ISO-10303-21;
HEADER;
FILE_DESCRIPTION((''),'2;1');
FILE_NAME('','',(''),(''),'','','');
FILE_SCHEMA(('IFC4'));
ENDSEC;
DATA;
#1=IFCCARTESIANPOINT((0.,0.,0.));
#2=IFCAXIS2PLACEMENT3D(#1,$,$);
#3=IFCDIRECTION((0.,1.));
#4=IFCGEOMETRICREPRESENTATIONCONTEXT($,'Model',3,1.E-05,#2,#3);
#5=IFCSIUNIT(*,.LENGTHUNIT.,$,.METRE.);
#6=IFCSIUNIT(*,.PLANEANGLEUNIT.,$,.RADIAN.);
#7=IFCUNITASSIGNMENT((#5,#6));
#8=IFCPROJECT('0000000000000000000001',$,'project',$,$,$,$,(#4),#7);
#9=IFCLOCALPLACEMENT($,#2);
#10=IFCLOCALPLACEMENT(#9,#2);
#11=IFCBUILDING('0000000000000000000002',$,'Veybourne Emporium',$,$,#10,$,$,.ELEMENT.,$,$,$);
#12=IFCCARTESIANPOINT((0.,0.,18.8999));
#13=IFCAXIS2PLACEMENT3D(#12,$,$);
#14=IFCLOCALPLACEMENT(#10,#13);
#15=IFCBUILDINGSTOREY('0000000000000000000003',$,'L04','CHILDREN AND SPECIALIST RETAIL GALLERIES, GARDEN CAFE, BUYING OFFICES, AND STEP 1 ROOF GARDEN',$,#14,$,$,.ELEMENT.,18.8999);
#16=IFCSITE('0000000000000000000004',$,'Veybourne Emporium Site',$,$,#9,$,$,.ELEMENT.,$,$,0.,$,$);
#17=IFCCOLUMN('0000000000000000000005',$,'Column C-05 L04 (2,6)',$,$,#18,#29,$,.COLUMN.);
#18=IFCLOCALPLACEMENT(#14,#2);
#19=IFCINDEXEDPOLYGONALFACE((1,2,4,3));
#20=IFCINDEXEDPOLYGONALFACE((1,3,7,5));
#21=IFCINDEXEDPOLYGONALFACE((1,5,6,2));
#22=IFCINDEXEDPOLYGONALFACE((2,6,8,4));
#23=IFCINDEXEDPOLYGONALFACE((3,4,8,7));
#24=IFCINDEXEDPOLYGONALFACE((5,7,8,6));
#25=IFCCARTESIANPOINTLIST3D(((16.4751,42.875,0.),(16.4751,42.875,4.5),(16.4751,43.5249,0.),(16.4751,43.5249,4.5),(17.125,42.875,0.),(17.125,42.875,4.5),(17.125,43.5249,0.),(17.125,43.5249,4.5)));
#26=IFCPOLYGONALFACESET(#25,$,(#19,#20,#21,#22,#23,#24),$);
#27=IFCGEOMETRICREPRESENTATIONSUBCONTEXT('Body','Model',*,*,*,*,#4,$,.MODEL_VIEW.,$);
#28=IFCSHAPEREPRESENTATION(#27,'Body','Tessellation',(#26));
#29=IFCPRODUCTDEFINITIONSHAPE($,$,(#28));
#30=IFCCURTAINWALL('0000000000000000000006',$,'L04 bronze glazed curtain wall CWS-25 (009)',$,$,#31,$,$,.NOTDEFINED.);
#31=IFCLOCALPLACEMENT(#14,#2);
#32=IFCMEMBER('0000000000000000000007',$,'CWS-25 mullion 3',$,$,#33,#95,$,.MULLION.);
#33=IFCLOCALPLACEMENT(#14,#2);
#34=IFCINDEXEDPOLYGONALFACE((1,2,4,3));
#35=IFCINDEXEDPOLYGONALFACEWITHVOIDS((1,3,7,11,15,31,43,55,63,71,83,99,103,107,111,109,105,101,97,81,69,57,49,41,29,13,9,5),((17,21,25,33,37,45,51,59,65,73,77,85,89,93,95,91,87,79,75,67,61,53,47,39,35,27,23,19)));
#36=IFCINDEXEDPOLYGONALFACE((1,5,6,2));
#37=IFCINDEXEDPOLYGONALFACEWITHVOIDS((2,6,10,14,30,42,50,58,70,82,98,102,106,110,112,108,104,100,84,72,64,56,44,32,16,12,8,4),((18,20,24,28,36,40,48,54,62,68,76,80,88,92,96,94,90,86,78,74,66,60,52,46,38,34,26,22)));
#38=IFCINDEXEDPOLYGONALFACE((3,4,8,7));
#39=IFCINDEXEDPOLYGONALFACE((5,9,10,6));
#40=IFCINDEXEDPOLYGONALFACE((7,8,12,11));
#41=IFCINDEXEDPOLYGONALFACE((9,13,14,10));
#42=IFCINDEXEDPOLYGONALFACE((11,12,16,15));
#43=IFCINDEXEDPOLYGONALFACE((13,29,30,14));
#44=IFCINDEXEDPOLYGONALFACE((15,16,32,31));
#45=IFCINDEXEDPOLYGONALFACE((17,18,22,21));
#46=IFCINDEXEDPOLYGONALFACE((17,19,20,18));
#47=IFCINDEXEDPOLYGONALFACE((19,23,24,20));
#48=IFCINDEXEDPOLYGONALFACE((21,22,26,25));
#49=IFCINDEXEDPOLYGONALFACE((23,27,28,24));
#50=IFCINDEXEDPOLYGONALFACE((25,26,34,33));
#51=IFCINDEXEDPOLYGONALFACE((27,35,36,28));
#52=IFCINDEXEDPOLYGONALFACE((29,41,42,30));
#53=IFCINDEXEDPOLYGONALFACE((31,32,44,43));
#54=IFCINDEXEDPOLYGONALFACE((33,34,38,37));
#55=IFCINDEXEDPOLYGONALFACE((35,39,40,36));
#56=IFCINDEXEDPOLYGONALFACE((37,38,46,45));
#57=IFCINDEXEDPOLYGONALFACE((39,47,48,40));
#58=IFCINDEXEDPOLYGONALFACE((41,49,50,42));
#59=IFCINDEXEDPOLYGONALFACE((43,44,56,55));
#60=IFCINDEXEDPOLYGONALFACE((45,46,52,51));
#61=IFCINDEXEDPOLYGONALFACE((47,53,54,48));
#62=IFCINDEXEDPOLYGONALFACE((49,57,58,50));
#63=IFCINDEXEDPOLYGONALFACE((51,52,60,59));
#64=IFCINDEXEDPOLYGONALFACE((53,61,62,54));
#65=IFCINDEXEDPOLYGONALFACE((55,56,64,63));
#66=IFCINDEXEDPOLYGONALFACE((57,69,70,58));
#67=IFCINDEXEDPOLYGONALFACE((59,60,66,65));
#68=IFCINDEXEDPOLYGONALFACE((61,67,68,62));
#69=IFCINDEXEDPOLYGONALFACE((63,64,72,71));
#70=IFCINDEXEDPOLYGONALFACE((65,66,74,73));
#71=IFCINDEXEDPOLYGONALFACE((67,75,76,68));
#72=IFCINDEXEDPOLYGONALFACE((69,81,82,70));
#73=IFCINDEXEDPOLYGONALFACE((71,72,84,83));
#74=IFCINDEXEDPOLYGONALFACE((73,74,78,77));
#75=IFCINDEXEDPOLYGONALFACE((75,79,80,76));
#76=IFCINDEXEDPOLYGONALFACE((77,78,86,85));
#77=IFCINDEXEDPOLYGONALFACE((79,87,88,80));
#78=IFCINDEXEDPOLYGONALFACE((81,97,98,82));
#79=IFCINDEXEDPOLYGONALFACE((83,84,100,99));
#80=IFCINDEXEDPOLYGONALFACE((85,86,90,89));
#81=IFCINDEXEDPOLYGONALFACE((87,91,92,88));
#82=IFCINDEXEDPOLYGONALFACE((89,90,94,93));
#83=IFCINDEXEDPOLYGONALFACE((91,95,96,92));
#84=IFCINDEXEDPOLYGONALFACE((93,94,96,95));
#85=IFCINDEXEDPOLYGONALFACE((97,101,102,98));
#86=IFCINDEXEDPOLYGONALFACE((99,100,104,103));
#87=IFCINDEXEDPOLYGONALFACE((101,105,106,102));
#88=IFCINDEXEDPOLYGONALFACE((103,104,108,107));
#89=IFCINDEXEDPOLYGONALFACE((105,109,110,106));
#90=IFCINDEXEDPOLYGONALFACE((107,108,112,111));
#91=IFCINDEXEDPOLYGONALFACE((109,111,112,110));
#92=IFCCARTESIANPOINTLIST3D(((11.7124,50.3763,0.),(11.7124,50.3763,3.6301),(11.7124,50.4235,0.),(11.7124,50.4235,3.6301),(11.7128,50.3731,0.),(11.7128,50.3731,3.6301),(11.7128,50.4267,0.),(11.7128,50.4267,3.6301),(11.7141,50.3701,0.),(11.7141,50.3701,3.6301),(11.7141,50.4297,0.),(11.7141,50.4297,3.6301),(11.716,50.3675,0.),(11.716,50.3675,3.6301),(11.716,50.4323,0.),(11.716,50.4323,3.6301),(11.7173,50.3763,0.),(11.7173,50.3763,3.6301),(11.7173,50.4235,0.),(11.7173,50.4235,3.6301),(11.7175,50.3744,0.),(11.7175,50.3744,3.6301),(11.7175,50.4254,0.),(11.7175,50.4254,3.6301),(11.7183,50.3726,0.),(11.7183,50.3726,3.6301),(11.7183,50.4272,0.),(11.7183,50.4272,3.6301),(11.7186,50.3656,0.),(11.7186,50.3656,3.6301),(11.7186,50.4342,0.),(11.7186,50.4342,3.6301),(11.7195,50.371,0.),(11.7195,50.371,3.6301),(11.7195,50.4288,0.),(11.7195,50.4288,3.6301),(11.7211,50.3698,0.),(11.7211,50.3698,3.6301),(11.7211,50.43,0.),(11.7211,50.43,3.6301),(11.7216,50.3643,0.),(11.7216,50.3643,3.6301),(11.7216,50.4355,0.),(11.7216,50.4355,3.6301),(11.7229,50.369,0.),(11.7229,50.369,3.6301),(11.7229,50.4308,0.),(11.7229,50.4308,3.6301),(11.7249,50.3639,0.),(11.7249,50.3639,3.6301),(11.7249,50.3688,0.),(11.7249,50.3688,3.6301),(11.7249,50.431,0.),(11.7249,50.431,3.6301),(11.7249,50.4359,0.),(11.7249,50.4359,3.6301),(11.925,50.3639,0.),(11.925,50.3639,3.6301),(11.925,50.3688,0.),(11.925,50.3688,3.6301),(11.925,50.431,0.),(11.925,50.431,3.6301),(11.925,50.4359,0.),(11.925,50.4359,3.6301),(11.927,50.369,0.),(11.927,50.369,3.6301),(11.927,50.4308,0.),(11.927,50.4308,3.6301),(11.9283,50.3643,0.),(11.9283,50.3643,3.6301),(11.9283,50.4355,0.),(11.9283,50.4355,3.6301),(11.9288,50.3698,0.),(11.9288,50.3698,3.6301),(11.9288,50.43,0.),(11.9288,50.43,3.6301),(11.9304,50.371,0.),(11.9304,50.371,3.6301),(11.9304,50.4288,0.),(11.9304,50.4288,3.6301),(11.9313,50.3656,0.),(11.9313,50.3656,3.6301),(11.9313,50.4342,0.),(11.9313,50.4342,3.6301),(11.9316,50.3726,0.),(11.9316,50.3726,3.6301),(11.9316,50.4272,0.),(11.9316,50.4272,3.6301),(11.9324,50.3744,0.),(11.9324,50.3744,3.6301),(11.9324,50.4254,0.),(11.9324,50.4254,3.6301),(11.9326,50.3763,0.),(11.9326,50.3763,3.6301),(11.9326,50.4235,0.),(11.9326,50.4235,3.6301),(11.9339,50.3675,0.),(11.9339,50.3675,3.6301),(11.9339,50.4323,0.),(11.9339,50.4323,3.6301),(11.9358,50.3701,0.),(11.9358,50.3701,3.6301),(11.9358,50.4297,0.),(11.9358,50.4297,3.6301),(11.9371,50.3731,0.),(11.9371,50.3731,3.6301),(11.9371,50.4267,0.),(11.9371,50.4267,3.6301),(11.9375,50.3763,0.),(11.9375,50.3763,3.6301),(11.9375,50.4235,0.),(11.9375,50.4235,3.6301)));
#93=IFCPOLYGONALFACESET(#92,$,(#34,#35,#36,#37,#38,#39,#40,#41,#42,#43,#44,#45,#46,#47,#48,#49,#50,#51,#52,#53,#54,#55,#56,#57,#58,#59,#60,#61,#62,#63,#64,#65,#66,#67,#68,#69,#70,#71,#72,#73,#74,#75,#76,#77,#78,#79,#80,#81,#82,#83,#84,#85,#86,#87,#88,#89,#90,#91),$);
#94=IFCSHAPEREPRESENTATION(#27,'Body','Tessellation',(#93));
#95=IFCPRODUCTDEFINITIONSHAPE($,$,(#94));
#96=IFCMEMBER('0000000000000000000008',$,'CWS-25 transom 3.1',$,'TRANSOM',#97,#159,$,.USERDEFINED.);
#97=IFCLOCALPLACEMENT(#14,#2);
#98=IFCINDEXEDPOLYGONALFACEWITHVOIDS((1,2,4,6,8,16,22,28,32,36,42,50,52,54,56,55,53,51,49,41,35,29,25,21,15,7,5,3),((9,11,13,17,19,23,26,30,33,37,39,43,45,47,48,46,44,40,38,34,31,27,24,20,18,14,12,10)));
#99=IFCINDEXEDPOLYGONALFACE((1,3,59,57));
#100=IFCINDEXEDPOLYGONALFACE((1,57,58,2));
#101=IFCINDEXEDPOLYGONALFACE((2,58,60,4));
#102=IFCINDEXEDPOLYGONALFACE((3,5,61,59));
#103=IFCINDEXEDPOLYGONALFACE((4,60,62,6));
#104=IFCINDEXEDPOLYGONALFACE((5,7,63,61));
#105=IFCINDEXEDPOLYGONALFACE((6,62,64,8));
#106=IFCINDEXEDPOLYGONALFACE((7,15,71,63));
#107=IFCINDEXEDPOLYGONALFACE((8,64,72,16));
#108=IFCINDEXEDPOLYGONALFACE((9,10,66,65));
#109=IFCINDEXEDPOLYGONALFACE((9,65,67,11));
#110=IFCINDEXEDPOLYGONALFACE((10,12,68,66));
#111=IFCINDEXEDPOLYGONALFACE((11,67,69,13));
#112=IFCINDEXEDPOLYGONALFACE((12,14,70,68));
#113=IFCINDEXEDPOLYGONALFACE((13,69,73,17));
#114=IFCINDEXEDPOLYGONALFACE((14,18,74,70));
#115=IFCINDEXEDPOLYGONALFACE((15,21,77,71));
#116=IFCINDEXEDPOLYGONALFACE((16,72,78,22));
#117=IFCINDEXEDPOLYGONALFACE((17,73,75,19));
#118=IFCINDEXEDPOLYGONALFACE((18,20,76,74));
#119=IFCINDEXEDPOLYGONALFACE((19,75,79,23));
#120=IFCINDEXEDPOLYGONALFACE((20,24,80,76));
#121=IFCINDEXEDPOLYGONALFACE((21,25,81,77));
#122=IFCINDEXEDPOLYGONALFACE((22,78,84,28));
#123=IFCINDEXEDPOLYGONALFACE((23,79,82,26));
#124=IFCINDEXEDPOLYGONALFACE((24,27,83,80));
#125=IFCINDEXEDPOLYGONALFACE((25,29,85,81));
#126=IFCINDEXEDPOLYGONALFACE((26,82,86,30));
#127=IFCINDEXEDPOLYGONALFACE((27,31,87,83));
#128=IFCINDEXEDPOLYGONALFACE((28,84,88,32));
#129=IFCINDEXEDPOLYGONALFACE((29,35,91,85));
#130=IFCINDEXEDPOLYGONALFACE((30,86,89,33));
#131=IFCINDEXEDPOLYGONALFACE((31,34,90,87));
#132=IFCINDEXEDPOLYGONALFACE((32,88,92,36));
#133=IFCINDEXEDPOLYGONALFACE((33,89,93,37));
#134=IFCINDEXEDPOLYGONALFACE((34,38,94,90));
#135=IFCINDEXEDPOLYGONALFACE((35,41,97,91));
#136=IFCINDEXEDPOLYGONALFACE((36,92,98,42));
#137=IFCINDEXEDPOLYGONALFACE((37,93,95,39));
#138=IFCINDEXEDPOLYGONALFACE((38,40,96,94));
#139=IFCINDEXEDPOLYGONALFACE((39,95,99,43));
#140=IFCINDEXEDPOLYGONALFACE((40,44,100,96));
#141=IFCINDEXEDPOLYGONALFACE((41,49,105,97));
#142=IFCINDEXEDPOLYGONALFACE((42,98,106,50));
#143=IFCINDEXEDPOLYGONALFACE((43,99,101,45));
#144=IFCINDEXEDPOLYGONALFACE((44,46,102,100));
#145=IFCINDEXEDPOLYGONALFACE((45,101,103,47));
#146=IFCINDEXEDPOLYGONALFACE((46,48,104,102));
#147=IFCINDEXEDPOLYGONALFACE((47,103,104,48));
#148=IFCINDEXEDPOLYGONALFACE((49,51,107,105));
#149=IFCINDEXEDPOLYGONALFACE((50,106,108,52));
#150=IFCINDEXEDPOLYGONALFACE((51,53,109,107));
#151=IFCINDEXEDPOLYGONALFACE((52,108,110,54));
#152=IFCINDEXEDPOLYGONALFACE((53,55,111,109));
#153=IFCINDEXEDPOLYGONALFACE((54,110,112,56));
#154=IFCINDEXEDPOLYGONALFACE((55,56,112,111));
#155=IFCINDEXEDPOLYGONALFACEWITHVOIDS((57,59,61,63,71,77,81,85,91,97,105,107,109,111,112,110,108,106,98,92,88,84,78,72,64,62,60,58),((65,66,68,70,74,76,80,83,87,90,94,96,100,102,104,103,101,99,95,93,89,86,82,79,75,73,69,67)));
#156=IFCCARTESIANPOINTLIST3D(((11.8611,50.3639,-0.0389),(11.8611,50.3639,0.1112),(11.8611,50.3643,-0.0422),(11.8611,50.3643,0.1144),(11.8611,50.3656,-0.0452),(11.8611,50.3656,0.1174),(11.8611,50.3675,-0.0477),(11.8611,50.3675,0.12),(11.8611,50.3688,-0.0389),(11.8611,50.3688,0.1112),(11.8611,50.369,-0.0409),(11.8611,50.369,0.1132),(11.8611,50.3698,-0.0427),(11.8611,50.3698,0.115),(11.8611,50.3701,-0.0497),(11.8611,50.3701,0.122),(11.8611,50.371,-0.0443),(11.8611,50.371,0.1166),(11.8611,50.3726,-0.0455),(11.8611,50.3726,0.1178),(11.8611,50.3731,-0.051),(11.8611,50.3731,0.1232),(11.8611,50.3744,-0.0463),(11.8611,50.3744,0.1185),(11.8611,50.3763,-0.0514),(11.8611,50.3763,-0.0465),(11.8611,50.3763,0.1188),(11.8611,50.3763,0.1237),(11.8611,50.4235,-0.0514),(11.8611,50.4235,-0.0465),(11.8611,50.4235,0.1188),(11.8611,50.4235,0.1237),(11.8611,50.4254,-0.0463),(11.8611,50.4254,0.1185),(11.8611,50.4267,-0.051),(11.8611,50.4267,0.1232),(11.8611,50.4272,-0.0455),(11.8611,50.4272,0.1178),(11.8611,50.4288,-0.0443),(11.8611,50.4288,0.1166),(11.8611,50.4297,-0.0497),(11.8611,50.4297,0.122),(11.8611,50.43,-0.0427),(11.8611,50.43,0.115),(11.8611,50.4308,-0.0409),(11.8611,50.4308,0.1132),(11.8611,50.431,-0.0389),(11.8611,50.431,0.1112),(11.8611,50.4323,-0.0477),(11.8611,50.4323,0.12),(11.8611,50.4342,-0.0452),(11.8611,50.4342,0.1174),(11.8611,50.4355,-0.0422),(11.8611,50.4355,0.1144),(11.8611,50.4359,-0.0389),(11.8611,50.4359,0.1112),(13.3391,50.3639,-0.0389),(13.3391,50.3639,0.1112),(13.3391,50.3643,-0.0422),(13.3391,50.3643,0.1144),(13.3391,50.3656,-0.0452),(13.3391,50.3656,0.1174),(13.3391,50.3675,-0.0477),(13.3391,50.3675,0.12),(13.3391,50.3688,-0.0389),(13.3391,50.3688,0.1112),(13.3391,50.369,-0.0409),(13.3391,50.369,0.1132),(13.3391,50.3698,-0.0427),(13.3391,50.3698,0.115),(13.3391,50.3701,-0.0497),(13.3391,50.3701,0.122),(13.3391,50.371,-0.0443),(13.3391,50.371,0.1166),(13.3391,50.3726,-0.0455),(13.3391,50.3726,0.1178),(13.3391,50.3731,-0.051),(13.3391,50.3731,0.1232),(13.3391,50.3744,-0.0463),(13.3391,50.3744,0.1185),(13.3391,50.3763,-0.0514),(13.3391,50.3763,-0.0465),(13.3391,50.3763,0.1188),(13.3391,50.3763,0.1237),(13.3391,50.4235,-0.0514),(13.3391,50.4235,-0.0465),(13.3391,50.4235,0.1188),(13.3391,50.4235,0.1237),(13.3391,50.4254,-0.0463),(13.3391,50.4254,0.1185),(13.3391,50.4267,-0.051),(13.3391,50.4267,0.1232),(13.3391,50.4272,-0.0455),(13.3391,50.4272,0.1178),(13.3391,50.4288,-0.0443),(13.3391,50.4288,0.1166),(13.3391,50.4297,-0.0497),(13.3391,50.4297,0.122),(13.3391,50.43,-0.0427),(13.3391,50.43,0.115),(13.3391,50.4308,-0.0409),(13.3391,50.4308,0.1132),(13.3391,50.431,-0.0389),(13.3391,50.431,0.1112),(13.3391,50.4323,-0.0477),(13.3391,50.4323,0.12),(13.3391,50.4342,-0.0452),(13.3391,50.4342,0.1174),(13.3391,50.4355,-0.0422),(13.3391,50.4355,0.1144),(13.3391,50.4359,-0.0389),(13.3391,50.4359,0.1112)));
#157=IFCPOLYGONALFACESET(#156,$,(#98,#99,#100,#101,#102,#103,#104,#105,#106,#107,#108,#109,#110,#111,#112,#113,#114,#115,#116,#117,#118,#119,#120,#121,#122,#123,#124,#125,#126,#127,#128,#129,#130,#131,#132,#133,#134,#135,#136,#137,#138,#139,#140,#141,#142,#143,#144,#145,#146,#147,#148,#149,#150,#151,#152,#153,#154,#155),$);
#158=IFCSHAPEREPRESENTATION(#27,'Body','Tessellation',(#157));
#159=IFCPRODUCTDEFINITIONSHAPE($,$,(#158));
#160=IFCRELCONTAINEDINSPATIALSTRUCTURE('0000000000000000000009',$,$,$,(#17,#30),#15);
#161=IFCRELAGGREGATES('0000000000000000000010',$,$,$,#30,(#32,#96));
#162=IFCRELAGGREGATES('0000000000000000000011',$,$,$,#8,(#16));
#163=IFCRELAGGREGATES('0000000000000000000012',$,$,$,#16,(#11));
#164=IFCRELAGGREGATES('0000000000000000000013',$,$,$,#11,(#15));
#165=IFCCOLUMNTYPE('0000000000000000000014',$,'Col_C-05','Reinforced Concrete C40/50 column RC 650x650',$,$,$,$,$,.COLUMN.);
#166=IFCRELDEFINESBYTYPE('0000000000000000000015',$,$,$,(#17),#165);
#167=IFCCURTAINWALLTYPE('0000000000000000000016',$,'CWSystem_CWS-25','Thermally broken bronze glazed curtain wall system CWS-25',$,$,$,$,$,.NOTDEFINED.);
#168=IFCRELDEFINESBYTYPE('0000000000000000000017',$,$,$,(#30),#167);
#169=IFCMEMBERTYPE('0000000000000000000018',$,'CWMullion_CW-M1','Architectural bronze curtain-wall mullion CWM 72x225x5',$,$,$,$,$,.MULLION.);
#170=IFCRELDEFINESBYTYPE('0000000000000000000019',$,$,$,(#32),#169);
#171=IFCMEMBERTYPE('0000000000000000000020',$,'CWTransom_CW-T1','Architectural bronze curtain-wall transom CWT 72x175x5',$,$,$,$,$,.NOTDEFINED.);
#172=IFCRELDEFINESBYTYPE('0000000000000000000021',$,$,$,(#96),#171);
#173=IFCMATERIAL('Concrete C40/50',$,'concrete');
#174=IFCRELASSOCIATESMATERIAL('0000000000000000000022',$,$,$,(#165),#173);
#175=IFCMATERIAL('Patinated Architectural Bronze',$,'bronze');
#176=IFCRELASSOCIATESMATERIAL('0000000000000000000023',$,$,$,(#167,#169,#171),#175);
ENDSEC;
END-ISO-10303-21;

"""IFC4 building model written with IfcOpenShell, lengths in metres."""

from ifc_helpers import new_model, si_unit, direction, frame, origin, origin_2d, place, context, subcontext, project, spatial, rectangle, hollow_rectangle, extrude, material, material_profile, profile_set, type_object, element, aggregate, save


model = new_model("IFC4")

# Units and contexts
model_context = context("Model", 3, precision=1e-05, world=origin(), true_north=direction((0.0, 1.0)))
body_context = subcontext(model_context, "Body", "Model", "MODEL_VIEW")
ifc_project = project(units=[si_unit("LENGTHUNIT", "METRE"), si_unit("PLANEANGLEUNIT", "RADIAN")], contexts=[model_context])

# Site, building, storey
site_placement = place(None, origin())
site = spatial("IfcSite", under=ifc_project, at=site_placement, Name="Veybourne Emporium Site", CompositionType="ELEMENT", RefElevation=0.0)
building_placement = place(site_placement, origin())
building = spatial("IfcBuilding", under=site, at=building_placement, Name="Veybourne Emporium", CompositionType="ELEMENT")
storey_placement = place(building_placement, frame((0.0, 0.0, 18.8999)))
storey = spatial("IfcBuildingStorey", under=building, at=storey_placement, Name="L04", Description="CHILDREN AND SPECIALIST RETAIL GALLERIES, GARDEN CAFE, BUYING OFFICES, AND STEP 1 ROOF GARDEN", CompositionType="ELEMENT", Elevation=18.8999)

# Column
ifc_material_1 = material(Name="Concrete C40/50", Category="concrete")
ifc_material_profile_1 = material_profile(ifc_material_1, rectangle(XDim=0.6499, YDim=0.6499, at=origin_2d()), Name="RC 650x650")
ifc_profile_set_1 = profile_set([ifc_material_profile_1], Name="Concrete C40/50")
column_type = type_object("IfcColumnType", Name="Col_C-05", Description="Reinforced Concrete C40/50 column RC 650x650", PredefinedType="COLUMN", material=ifc_profile_set_1)
column_placement = place(storey_placement, frame((16.8, 43.2, 0.0), z_axis=(0.0, 0.0, 1.0), x_axis=(1.0, 0.0, 0.0)))
element("IfcColumn", 1, at=column_placement, inside=storey, type_object=column_type, Name="Column C-05 L04 (2,6)", PredefinedType="COLUMN", context=body_context, shape_type="SweptSolid", body=[
    extrude(rectangle(XDim=0.6499, YDim=0.6499, at=origin_2d()), origin(), (0.0, 0.0, 1.0), 4.5),
])

# Curtain wall, members
ifc_material_2 = material(Name="Patinated Architectural Bronze", Category="bronze")
curtain_wall_type = type_object("IfcCurtainWallType", Name="CWSystem_CWS-25", Description="Thermally broken bronze glazed curtain wall system CWS-25", PredefinedType="NOTDEFINED", material=ifc_material_2)
curtain_wall_placement = place(storey_placement, origin())
curtain_wall = element("IfcCurtainWall", 2, at=curtain_wall_placement, inside=storey, type_object=curtain_wall_type, Name="L04 bronze glazed curtain wall CWS-25 (009)", PredefinedType="NOTDEFINED")
ifc_material_profile_2 = material_profile(ifc_material_2, hollow_rectangle(XDim=0.072, YDim=0.2251, WallThickness=0.0049, InnerFilletRadius=0.0076, OuterFilletRadius=0.0125, at=origin_2d()), Name="CWM 72x225x5")
ifc_profile_set_2 = profile_set([ifc_material_profile_2], Name="Patinated Architectural Bronze")
member_type_1 = type_object("IfcMemberType", Name="CWMullion_CW-M1", Description="Architectural bronze curtain-wall mullion CWM 72x225x5", PredefinedType="MULLION", material=ifc_profile_set_2)
member_1_placement = place(storey_placement, frame((11.825, 50.3999, 0.0), z_axis=(0.0, 0.0, 1.0), x_axis=(0.0, 1.0, 0.0)))
member_1 = element("IfcMember", 3, at=member_1_placement, type_object=member_type_1, Name="CWS-25 mullion 3", PredefinedType="MULLION", context=body_context, shape_type="SweptSolid", body=[
    extrude(hollow_rectangle(XDim=0.072, YDim=0.2251, WallThickness=0.0049, InnerFilletRadius=0.0076, OuterFilletRadius=0.0125, at=origin_2d()), origin(), (0.0, 0.0, 1.0), 3.6301),
])
ifc_material_profile_3 = material_profile(ifc_material_2, hollow_rectangle(XDim=0.072, YDim=0.175, WallThickness=0.0049, InnerFilletRadius=0.0076, OuterFilletRadius=0.0125, at=origin_2d()), Name="CWT 72x175x5")
ifc_profile_set_3 = profile_set([ifc_material_profile_3], Name="Patinated Architectural Bronze")
member_type_2 = type_object("IfcMemberType", Name="CWTransom_CW-T1", Description="Architectural bronze curtain-wall transom CWT 72x175x5", PredefinedType="NOTDEFINED", material=ifc_profile_set_3)
member_2_placement = place(storey_placement, frame((11.8611, 50.3999, 0.0361), z_axis=(1.0, 0.0, 0.0), x_axis=(0.0, 1.0, 0.0)))
member_2 = element("IfcMember", 4, at=member_2_placement, type_object=member_type_2, Name="CWS-25 transom 3.1", ObjectType="TRANSOM", PredefinedType="USERDEFINED", context=body_context, shape_type="SweptSolid", body=[
    extrude(hollow_rectangle(XDim=0.072, YDim=0.175, WallThickness=0.0049, InnerFilletRadius=0.0076, OuterFilletRadius=0.0125, at=origin_2d()), origin(), (0.0, 0.0, 1.0), 1.478),
])
aggregate(curtain_wall, [member_1, member_2])

save(model, "model.ifc")
